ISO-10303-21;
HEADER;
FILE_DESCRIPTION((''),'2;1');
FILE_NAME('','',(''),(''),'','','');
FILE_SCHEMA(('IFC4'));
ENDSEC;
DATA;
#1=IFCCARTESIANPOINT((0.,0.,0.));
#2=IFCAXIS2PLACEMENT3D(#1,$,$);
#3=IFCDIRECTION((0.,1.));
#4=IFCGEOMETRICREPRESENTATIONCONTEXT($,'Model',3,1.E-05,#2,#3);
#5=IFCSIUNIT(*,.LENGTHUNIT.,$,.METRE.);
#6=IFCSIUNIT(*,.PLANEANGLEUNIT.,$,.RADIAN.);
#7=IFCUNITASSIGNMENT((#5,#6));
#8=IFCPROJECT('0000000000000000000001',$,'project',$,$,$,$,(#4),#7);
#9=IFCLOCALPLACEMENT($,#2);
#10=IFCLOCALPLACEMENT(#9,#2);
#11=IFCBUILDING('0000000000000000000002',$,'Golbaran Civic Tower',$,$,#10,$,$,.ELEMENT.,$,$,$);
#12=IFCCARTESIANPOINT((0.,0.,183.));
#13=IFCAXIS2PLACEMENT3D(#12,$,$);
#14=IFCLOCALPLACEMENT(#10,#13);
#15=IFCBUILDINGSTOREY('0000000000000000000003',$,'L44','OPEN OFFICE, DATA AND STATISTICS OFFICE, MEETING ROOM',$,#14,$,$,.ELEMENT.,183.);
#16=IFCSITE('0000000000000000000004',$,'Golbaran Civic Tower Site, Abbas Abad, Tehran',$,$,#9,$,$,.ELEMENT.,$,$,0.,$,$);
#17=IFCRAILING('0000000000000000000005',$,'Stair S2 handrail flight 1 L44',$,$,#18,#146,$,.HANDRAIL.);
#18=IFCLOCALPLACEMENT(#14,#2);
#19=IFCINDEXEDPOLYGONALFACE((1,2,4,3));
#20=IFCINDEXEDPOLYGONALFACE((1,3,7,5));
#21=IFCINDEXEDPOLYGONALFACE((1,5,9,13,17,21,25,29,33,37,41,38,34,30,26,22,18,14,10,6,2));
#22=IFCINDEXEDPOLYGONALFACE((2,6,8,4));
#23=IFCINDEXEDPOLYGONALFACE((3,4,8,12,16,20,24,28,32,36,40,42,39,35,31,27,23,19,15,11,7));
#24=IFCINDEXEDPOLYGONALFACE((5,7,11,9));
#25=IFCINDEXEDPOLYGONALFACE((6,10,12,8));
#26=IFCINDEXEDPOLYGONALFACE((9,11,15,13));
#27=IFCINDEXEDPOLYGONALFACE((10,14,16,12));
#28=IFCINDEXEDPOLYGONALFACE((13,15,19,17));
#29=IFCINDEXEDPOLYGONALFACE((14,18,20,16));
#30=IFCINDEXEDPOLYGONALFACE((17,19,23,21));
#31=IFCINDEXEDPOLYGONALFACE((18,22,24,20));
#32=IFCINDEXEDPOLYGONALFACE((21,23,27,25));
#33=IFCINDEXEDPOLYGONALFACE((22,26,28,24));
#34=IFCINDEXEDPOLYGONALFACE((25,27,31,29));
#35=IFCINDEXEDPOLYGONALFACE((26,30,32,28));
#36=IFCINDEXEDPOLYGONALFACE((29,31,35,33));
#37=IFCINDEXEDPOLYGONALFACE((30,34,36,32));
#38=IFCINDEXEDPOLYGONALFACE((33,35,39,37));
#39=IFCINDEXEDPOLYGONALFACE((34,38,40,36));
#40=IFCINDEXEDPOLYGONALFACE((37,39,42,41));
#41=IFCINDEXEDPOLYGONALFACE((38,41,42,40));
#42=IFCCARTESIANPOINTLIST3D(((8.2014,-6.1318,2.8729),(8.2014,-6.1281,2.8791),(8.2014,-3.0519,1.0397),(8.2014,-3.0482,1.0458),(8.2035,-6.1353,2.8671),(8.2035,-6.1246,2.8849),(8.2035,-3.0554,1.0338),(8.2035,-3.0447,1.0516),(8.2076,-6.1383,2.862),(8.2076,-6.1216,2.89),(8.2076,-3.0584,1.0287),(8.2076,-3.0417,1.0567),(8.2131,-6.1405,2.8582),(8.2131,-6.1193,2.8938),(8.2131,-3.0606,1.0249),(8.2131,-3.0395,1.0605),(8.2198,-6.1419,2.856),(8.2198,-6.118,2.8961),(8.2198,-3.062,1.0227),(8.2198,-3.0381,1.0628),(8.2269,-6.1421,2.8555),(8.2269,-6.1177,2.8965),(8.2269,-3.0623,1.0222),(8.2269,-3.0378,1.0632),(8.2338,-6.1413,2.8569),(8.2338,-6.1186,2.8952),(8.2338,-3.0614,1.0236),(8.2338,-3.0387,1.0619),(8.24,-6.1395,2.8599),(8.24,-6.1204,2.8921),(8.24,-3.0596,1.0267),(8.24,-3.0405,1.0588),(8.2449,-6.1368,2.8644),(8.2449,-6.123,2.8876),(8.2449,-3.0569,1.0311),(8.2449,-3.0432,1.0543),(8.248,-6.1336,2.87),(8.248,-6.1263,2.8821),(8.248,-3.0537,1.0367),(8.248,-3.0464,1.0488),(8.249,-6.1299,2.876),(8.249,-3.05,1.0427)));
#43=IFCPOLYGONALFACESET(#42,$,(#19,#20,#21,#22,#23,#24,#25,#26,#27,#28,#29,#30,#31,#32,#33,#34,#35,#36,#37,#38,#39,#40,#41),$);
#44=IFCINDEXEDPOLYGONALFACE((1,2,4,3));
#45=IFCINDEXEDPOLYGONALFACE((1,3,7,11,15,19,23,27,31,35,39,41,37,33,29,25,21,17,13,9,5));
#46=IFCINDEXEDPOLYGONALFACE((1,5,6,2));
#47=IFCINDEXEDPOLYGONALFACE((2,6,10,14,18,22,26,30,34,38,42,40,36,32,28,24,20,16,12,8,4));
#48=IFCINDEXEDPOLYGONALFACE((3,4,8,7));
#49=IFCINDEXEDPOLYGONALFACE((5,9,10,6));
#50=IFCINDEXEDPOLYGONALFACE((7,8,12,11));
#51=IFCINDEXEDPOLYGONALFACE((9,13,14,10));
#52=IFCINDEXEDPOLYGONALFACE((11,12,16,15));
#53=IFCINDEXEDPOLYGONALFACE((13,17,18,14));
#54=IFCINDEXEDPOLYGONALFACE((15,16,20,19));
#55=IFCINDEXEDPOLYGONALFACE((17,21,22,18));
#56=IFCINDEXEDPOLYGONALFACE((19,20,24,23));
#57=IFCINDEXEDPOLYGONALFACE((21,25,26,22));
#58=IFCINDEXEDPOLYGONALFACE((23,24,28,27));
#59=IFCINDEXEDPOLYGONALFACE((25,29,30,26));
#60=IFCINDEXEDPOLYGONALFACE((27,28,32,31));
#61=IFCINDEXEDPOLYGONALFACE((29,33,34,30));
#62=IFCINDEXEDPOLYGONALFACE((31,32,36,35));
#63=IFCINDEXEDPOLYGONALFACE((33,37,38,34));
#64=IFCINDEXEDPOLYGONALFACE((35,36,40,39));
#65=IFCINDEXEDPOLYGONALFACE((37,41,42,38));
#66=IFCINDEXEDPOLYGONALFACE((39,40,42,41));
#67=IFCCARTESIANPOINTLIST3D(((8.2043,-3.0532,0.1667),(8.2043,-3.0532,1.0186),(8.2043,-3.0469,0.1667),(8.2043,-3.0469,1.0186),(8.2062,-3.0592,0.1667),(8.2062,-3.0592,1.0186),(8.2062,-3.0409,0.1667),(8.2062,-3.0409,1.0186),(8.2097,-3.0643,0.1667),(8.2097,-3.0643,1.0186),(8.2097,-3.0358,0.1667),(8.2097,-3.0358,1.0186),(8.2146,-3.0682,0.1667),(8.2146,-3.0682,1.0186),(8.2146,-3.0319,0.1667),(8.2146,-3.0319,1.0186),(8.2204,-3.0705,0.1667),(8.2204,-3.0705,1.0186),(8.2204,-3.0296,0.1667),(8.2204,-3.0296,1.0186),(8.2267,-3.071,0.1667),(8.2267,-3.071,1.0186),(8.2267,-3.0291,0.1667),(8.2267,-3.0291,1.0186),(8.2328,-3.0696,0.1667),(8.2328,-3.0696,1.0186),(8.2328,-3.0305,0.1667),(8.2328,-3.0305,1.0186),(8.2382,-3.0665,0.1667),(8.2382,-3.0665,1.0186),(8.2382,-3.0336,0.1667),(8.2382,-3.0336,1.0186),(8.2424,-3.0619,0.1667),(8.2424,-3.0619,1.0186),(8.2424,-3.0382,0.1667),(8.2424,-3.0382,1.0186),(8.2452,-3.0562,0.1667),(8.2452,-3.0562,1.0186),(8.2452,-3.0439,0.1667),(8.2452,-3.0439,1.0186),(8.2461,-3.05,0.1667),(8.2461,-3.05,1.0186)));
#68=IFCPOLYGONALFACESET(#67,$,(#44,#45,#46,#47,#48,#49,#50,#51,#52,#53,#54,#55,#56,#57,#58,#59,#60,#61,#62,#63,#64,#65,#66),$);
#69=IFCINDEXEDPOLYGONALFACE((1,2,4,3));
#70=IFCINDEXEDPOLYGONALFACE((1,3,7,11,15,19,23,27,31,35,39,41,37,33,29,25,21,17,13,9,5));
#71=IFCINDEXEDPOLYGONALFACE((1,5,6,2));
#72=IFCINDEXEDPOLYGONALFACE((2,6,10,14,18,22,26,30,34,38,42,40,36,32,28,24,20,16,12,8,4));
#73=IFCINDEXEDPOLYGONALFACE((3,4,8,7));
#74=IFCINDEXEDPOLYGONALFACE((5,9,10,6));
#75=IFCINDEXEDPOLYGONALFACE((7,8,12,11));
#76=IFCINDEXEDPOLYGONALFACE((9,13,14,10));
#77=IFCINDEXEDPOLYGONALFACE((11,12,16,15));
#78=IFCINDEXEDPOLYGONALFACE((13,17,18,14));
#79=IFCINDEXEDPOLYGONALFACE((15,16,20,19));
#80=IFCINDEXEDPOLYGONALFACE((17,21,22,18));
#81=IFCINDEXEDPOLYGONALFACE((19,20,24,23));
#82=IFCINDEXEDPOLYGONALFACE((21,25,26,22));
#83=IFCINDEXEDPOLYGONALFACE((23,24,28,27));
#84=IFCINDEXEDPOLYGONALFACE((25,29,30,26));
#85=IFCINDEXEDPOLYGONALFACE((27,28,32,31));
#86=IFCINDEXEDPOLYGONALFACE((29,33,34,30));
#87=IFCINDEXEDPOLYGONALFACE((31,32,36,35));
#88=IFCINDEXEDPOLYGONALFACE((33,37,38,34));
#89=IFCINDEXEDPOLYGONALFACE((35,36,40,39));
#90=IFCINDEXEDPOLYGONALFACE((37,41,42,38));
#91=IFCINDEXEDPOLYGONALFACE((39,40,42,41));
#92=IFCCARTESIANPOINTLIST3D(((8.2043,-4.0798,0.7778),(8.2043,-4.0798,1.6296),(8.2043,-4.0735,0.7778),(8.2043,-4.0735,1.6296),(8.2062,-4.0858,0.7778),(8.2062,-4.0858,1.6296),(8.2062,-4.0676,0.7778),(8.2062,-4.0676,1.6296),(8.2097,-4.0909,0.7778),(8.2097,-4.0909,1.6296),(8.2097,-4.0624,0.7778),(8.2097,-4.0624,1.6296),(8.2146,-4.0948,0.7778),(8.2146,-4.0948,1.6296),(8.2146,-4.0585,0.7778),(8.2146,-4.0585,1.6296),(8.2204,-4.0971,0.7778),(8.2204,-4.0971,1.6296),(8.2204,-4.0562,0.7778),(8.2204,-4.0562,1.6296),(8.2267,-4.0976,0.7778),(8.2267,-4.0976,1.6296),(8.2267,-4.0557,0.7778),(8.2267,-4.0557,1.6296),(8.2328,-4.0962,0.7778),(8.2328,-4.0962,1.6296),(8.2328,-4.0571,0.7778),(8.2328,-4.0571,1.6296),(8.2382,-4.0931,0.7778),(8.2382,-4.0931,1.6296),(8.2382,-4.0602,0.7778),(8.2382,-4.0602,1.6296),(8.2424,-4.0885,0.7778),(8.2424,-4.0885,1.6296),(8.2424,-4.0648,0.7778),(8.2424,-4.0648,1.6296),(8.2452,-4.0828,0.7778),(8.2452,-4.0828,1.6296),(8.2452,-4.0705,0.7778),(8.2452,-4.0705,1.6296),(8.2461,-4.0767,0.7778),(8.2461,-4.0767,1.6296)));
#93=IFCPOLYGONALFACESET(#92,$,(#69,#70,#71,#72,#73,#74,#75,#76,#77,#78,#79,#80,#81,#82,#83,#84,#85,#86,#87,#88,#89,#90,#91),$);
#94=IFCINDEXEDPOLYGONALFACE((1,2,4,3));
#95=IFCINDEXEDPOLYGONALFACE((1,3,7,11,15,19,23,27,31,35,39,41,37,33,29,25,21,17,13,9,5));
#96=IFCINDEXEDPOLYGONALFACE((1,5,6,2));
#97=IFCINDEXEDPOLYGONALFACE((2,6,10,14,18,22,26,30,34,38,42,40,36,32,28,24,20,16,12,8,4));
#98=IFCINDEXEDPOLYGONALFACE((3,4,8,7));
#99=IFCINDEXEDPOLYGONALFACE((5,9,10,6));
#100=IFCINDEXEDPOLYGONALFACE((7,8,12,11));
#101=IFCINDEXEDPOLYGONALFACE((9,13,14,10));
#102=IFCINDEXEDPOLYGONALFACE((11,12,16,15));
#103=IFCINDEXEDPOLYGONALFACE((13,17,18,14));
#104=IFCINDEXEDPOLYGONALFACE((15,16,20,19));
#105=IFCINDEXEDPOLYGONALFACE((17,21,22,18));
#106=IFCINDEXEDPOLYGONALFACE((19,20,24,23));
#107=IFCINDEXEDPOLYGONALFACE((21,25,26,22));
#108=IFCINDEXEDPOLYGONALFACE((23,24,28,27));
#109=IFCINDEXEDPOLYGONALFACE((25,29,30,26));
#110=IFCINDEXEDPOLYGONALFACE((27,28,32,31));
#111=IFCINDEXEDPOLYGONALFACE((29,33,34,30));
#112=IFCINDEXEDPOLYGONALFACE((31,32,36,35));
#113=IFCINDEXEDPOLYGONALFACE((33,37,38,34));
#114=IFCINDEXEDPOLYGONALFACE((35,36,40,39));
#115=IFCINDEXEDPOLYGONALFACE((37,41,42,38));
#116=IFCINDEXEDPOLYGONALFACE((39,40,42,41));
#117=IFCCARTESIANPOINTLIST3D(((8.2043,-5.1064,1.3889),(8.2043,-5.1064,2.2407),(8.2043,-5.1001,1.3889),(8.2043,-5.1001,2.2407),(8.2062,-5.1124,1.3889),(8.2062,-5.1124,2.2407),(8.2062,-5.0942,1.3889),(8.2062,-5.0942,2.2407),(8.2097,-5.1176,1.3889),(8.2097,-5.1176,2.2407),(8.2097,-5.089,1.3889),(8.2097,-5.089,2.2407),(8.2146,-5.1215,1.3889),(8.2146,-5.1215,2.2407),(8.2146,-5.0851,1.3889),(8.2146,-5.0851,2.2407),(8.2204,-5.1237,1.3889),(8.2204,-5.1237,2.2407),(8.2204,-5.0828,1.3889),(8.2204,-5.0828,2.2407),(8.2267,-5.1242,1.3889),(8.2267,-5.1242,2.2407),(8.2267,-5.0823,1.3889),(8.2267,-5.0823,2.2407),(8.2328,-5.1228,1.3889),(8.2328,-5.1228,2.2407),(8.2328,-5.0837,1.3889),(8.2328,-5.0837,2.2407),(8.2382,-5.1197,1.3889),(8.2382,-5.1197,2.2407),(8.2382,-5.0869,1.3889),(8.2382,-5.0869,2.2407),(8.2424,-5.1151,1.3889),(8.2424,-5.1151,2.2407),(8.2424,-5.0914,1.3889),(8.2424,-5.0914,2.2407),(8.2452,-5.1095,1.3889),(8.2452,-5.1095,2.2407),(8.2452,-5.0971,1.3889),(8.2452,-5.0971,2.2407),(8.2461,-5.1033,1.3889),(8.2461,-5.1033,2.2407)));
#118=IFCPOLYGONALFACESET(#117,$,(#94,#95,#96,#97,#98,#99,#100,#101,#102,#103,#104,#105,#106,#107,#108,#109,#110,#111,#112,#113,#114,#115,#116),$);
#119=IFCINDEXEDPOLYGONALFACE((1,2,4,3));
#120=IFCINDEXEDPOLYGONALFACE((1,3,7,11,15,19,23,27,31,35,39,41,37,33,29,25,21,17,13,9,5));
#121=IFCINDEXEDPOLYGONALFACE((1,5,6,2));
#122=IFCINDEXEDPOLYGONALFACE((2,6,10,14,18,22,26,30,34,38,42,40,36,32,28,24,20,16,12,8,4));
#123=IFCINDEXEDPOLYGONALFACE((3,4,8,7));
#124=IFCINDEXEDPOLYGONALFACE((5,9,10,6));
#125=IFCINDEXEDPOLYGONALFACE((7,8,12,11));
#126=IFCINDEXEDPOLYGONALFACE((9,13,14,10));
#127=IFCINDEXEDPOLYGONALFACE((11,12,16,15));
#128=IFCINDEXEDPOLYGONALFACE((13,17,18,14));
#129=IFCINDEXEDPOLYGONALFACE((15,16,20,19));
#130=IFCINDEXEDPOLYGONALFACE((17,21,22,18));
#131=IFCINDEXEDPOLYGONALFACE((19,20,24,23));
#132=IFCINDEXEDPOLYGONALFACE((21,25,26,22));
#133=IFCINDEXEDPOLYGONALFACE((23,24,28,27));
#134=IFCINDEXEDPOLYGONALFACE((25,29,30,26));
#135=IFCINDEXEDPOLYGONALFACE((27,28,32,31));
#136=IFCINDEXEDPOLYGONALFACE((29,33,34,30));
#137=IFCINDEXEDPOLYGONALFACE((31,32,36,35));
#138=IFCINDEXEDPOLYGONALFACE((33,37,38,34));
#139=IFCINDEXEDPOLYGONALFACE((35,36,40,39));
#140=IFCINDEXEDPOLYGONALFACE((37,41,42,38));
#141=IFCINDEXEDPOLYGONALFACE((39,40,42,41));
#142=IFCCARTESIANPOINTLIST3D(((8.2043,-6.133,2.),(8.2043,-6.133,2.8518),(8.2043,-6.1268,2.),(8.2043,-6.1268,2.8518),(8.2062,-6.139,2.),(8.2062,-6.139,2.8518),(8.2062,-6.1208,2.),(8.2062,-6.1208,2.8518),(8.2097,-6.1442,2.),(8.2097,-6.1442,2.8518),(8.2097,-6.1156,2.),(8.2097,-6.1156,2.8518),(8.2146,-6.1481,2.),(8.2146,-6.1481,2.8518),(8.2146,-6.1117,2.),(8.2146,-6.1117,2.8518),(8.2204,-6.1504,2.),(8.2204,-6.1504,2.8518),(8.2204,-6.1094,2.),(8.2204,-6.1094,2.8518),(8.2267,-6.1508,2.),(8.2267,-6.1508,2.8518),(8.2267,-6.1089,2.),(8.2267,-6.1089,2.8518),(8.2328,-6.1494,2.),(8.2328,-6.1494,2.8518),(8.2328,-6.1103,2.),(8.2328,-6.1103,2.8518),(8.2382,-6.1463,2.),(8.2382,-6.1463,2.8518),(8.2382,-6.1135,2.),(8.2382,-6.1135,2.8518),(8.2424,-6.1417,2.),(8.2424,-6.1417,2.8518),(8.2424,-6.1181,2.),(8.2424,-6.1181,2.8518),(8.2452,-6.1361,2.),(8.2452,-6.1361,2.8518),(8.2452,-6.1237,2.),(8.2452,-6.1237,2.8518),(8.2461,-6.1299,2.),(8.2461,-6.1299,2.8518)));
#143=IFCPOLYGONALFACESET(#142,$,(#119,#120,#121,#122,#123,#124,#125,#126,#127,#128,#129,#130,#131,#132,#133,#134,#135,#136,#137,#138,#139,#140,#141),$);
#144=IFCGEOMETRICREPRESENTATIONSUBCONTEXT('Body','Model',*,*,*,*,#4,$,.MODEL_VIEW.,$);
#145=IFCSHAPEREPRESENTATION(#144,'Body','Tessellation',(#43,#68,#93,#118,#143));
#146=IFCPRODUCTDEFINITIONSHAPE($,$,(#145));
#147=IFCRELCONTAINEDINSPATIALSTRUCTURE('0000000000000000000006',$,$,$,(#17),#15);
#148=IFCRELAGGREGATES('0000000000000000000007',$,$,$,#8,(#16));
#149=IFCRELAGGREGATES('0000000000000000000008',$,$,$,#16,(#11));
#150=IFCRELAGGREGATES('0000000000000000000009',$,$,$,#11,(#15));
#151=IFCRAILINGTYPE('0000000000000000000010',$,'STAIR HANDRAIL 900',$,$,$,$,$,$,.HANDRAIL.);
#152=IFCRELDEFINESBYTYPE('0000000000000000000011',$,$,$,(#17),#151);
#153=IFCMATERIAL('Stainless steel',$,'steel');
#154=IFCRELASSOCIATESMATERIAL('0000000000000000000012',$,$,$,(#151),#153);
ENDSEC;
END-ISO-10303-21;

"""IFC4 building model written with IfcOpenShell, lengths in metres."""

from ifc_helpers import new_model, si_unit, direction, frame, origin, origin_2d, place, context, subcontext, project, spatial, circle, extrude, material, type_object, element, save


model = new_model("IFC4")

# Units and contexts
model_context = context("Model", 3, precision=1e-05, world=origin(), true_north=direction((0.0, 1.0)))
body_context = subcontext(model_context, "Body", "Model", "MODEL_VIEW")
ifc_project = project(units=[si_unit("LENGTHUNIT", "METRE"), si_unit("PLANEANGLEUNIT", "RADIAN")], contexts=[model_context])

# Site, building, storey
site_placement = place(None, origin())
site = spatial("IfcSite", under=ifc_project, at=site_placement, Name="Golbaran Civic Tower Site, Abbas Abad, Tehran", CompositionType="ELEMENT", RefElevation=0.0)
building_placement = place(site_placement, origin())
building = spatial("IfcBuilding", under=site, at=building_placement, Name="Golbaran Civic Tower", CompositionType="ELEMENT")
storey_placement = place(building_placement, frame((0.0, 0.0, 183.0)))
storey = spatial("IfcBuildingStorey", under=building, at=storey_placement, Name="L44", Description="OPEN OFFICE, DATA AND STATISTICS OFFICE, MEETING ROOM", CompositionType="ELEMENT", Elevation=183.0)

# Shared definitions
ifc_material_1 = material(Name="Stainless steel", Category="steel")

# Railing
railing_type = type_object("IfcRailingType", Name="STAIR HANDRAIL 900", PredefinedType="HANDRAIL", material=ifc_material_1)
railing_1_placement = place(storey_placement, frame((8.2251, -3.05, 0.1667)))
element("IfcRailing", 1, at=railing_1_placement, inside=storey, type_object=railing_type, Name="Stair S2 handrail flight 1 L44", PredefinedType="HANDRAIL", context=body_context, shape_type="SweptSolid", body=[
    extrude(circle(Radius=0.0239, at=origin_2d()), frame((0.0, 0.0, 0.876), z_axis=(0.0, -0.859291, 0.511487), x_axis=(1.0, 0.0, 0.0)), (0.0, 0.0, 1.0), 3.5842),
    extrude(circle(Radius=0.021, at=origin_2d()), origin(), (0.0, 0.0, 1.0), 0.8518),
    extrude(circle(Radius=0.021, at=origin_2d()), frame((0.0, -1.0266, 0.6111)), (0.0, 0.0, 1.0), 0.8518),
    extrude(circle(Radius=0.021, at=origin_2d()), frame((0.0, -2.0532, 1.2222)), (0.0, 0.0, 1.0), 0.8518),
    extrude(circle(Radius=0.021, at=origin_2d()), frame((0.0, -3.0798, 1.8333)), (0.0, 0.0, 1.0), 0.8518),
])

save(model, "model.ifc")
